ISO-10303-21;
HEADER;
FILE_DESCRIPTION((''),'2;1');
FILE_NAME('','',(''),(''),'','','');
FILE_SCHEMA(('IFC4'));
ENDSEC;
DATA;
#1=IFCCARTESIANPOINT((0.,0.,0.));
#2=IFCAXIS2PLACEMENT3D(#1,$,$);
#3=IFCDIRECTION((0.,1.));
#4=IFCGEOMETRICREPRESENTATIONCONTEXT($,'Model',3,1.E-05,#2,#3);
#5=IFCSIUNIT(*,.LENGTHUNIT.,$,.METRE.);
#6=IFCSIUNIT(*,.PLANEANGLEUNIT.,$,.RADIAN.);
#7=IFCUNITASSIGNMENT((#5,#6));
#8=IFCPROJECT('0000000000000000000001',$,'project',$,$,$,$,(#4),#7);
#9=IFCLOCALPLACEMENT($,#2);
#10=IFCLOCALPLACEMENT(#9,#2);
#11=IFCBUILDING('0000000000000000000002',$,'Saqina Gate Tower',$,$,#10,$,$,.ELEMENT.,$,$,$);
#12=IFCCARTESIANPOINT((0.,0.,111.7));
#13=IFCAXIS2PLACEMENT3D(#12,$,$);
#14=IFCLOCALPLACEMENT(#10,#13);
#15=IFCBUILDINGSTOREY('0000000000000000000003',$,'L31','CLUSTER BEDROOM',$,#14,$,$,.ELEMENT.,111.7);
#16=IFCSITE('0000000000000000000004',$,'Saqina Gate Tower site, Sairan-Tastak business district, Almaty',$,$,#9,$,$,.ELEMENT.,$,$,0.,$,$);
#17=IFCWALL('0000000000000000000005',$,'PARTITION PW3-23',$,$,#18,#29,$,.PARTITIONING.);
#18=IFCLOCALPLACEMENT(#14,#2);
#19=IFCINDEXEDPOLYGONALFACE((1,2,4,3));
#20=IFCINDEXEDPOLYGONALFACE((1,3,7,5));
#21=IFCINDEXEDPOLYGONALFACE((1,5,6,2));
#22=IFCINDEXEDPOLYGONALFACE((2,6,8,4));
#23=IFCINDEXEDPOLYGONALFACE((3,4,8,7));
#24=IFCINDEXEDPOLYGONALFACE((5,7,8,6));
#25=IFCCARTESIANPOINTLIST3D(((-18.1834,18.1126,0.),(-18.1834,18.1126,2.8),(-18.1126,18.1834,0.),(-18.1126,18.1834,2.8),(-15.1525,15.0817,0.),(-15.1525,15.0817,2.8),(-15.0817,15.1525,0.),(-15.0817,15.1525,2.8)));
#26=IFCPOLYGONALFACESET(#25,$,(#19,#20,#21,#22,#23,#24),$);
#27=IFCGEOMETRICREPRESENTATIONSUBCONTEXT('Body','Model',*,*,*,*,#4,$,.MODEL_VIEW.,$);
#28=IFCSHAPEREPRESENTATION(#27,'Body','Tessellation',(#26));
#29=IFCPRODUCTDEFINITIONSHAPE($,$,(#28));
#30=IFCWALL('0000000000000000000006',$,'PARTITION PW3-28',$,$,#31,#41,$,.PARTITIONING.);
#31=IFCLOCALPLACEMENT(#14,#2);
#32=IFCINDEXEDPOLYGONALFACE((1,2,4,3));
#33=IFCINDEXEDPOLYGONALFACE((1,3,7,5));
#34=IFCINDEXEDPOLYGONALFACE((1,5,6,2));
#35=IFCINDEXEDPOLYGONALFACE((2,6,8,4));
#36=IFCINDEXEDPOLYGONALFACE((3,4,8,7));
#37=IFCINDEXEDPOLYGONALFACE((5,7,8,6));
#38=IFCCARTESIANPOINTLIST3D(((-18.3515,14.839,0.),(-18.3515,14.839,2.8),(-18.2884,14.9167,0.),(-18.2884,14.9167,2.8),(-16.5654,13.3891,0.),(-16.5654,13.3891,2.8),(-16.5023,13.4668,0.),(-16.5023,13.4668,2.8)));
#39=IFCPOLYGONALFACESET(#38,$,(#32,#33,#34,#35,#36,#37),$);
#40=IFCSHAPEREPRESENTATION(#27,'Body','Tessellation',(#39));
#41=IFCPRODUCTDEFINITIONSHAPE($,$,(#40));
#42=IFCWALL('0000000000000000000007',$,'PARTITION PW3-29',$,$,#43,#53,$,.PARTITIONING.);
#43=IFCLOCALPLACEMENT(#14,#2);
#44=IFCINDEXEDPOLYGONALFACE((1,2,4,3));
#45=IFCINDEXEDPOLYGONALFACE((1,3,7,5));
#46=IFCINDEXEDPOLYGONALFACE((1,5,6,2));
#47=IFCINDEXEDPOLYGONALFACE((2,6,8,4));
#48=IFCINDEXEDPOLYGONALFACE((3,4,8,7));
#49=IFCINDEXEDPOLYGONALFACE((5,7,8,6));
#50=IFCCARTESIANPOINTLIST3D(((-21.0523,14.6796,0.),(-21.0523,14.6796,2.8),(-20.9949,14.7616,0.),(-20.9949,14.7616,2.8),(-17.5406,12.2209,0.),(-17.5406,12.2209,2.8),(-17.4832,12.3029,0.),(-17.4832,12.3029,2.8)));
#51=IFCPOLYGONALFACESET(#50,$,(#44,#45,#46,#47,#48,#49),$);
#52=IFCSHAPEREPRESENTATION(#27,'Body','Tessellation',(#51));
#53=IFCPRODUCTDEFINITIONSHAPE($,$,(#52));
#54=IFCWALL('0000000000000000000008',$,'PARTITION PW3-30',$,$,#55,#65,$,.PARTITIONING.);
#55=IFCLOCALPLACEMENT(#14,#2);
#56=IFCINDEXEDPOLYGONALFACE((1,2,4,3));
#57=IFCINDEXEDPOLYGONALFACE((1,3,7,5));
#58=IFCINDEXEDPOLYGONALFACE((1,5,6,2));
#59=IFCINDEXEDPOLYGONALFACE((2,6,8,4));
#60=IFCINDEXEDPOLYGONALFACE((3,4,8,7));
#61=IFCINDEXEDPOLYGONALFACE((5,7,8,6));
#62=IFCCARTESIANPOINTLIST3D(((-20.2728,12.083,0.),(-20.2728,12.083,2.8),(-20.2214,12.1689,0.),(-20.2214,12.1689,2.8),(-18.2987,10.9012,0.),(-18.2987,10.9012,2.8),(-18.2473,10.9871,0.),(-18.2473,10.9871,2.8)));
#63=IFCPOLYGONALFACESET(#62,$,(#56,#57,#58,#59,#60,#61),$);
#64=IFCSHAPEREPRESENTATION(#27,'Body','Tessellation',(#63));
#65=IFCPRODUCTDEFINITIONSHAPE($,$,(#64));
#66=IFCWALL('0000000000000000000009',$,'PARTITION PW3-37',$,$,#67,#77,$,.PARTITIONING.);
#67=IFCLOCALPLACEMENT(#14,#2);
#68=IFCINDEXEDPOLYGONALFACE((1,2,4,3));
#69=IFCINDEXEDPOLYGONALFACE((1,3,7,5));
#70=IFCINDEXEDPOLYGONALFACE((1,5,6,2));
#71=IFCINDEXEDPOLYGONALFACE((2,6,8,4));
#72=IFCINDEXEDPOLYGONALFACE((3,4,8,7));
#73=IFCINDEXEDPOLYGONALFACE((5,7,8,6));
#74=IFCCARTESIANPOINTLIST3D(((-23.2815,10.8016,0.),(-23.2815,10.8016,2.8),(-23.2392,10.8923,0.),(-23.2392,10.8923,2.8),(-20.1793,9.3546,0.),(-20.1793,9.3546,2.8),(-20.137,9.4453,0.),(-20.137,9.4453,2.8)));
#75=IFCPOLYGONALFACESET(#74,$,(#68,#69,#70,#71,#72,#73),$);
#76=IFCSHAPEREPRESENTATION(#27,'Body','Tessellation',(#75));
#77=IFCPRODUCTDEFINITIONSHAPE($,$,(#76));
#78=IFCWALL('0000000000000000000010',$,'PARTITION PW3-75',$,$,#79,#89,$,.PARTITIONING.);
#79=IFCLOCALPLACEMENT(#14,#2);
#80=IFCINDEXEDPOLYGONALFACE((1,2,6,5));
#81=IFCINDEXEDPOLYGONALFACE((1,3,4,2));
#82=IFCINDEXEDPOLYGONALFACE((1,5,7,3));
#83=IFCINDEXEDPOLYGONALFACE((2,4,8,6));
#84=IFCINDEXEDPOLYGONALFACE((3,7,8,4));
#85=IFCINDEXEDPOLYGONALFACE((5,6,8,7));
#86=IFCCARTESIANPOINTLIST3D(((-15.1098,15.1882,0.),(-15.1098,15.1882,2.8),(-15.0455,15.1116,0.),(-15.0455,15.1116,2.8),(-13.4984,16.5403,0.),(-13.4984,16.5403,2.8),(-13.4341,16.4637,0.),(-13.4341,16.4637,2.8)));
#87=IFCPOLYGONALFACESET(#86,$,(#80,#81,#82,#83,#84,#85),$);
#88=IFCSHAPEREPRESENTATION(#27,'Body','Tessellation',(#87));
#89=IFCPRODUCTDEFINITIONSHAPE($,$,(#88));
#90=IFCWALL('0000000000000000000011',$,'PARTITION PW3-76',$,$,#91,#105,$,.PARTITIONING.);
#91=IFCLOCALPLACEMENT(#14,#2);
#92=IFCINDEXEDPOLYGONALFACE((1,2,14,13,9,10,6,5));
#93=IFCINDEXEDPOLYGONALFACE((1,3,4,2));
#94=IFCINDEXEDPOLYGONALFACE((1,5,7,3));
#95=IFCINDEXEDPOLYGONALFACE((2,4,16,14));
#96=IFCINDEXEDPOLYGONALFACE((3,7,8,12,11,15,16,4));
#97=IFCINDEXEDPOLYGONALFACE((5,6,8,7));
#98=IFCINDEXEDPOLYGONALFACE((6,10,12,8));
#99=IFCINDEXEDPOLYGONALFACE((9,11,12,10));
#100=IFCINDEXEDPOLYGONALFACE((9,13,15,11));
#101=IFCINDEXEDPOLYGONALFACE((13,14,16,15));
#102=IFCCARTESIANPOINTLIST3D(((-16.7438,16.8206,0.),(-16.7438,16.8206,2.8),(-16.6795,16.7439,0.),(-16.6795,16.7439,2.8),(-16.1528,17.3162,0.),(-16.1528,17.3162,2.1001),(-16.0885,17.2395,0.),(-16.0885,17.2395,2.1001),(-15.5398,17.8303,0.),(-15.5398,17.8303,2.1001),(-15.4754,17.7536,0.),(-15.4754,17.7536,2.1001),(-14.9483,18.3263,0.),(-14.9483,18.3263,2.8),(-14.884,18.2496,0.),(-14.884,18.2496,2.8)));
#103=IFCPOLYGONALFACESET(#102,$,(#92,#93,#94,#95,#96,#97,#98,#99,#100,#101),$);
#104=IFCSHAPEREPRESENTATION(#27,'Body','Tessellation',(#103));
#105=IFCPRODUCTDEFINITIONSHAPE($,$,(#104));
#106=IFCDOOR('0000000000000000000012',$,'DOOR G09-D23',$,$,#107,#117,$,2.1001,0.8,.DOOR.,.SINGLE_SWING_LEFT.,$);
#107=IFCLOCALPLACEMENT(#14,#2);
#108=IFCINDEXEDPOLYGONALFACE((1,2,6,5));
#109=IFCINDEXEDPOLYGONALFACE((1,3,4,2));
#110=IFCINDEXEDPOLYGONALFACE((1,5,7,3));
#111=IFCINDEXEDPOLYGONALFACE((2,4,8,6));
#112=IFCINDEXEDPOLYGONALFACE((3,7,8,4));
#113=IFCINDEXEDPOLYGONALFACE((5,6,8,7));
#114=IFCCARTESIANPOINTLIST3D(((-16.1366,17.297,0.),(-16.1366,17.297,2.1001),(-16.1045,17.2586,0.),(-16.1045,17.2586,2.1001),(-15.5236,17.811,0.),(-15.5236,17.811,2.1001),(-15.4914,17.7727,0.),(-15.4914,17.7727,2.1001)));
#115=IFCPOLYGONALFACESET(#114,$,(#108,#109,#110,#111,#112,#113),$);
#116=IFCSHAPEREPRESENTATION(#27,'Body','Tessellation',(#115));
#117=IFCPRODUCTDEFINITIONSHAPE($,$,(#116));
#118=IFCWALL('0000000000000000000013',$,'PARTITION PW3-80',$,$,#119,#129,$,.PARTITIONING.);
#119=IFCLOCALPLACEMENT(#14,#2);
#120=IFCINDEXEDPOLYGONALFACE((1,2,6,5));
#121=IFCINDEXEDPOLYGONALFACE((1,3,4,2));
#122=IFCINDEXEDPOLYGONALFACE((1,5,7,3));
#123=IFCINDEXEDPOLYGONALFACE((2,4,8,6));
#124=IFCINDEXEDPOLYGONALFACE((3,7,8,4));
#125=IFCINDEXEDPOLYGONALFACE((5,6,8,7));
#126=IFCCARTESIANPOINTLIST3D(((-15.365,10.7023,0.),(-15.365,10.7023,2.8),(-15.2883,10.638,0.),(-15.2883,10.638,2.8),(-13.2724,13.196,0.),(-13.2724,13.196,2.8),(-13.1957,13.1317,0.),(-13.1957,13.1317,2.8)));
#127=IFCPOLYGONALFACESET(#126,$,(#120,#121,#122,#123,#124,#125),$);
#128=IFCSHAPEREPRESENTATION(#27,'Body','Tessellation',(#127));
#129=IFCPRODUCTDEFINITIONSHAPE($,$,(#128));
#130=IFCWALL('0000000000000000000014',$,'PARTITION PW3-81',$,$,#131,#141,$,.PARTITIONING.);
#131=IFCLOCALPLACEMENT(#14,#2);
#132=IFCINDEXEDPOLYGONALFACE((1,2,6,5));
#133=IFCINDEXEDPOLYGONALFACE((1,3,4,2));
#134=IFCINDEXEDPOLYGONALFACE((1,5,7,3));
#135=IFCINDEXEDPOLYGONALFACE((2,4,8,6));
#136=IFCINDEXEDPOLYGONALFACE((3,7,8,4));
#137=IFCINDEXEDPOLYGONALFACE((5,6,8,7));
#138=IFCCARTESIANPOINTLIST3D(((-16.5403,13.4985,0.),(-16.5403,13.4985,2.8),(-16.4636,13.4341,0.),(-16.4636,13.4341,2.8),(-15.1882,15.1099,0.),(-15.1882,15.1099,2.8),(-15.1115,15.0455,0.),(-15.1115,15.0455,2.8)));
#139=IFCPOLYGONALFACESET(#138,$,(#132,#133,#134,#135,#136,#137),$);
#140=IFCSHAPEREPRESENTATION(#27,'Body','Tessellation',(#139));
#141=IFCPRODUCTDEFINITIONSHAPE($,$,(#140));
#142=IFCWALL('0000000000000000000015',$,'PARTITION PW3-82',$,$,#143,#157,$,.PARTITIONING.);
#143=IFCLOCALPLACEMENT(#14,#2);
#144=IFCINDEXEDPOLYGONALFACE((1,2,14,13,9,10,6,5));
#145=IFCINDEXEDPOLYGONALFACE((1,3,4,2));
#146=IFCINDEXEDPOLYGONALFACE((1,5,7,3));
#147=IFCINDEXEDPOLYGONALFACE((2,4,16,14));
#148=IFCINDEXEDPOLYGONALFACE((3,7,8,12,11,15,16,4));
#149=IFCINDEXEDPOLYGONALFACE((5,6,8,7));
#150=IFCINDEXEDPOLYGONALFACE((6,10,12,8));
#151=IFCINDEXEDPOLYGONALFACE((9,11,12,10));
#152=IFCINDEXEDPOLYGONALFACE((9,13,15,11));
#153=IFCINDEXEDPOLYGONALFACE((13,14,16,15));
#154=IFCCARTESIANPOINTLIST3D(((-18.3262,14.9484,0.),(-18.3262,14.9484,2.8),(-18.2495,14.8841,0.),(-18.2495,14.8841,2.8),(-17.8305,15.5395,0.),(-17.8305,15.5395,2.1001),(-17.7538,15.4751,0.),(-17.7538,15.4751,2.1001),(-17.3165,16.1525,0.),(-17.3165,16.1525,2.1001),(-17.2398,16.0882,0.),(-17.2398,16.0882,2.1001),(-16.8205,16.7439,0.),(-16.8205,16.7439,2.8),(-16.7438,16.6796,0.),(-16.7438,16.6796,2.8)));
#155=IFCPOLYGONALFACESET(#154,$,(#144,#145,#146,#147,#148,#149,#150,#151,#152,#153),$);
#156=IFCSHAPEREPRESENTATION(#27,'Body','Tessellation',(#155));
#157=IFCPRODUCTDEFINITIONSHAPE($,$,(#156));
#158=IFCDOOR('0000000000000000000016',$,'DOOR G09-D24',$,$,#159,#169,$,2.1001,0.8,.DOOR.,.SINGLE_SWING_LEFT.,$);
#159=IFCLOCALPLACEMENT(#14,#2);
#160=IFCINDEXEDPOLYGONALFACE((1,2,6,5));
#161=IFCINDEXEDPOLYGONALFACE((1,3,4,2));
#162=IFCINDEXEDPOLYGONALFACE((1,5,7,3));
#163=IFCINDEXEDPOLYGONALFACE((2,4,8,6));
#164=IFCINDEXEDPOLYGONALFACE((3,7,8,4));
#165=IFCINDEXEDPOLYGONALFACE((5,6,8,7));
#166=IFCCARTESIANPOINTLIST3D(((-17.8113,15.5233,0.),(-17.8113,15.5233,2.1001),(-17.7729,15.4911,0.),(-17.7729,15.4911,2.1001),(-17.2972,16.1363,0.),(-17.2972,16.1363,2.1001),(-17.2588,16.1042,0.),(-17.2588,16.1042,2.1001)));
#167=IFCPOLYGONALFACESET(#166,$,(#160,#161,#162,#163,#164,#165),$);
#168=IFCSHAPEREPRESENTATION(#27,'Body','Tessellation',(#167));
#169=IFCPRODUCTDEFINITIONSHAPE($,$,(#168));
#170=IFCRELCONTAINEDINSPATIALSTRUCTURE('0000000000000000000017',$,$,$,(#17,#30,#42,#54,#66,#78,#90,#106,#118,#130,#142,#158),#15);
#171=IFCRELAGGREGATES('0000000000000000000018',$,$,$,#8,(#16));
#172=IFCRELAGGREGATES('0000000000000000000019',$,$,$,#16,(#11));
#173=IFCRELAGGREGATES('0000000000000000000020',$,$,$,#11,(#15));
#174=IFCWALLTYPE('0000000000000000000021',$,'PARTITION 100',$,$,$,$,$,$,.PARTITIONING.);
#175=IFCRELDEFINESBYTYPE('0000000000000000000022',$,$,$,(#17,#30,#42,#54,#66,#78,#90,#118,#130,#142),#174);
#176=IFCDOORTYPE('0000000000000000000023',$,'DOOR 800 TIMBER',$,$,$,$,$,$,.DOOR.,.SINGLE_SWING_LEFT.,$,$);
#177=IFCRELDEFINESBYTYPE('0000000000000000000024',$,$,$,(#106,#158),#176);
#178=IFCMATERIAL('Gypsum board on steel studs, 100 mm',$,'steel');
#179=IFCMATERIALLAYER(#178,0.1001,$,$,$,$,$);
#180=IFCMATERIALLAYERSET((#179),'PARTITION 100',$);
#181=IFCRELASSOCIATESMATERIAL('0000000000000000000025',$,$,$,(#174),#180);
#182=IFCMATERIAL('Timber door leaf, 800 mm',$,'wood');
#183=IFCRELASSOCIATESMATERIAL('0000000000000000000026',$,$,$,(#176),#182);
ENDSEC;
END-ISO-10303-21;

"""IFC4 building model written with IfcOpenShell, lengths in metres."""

from ifc_helpers import new_model, si_unit, direction, frame, frame_2d, origin, place, context, subcontext, project, spatial, rectangle, extrude, material, layer, layer_set, type_object, element, fill, save


model = new_model("IFC4")

# Units and contexts
model_context = context("Model", 3, precision=1e-05, world=origin(), true_north=direction((0.0, 1.0)))
body_context = subcontext(model_context, "Body", "Model", "MODEL_VIEW")
ifc_project = project(units=[si_unit("LENGTHUNIT", "METRE"), si_unit("PLANEANGLEUNIT", "RADIAN")], contexts=[model_context])

# Site, building, storey
site_placement = place(None, origin())
site = spatial("IfcSite", under=ifc_project, at=site_placement, Name="Saqina Gate Tower site, Sairan-Tastak business district, Almaty", CompositionType="ELEMENT", RefElevation=0.0)
building_placement = place(site_placement, origin())
building = spatial("IfcBuilding", under=site, at=building_placement, Name="Saqina Gate Tower", CompositionType="ELEMENT")
storey_placement = place(building_placement, frame((0.0, 0.0, 111.7)))
storey = spatial("IfcBuildingStorey", under=building, at=storey_placement, Name="L31", Description="CLUSTER BEDROOM", CompositionType="ELEMENT", Elevation=111.7)

# Walls
ifc_material_1 = material(Name="Gypsum board on steel studs, 100 mm", Category="steel")
ifc_layer_1 = layer(ifc_material_1, 0.1001)
ifc_layer_set_1 = layer_set([ifc_layer_1], Name="PARTITION 100")
wall_type_1 = type_object("IfcWallType", Name="PARTITION 100", PredefinedType="PARTITIONING", material=ifc_layer_set_1)
wall_1_placement = place(storey_placement, frame((-18.1479, 18.1479, 0.0), z_axis=(0.0, 0.0, 1.0), x_axis=(0.707107, -0.707107, 0.0)))
element("IfcWall", 1, at=wall_1_placement, inside=storey, type_object=wall_type_1, Name="PARTITION PW3-23", PredefinedType="PARTITIONING", context=body_context, shape_type="SweptSolid", body=[
    extrude(rectangle(XDim=4.2864, YDim=0.1001, at=frame_2d((2.1431, 0.0))), origin(), (0.0, 0.0, 1.0), 2.8),
])
wall_2_placement = place(storey_placement, frame((-18.3201, 14.8779, 0.0), z_axis=(0.0, 0.0, 1.0), x_axis=(0.776387, -0.630257, 0.0)))
element("IfcWall", 2, at=wall_2_placement, inside=storey, type_object=wall_type_1, Name="PARTITION PW3-28", PredefinedType="PARTITIONING", context=body_context, shape_type="SweptSolid", body=[
    extrude(rectangle(XDim=2.3005, YDim=0.1001, at=frame_2d((1.1504, 0.0))), origin(), (0.0, 0.0, 1.0), 2.8),
])
wall_3_placement = place(storey_placement, frame((-21.0237, 14.7207, 0.0), z_axis=(0.0, 0.0, 1.0), x_axis=(0.819173, -0.573546, 0.0)))
element("IfcWall", 3, at=wall_3_placement, inside=storey, type_object=wall_type_1, Name="PARTITION PW3-29", PredefinedType="PARTITIONING", context=body_context, shape_type="SweptSolid", body=[
    extrude(rectangle(XDim=4.2869, YDim=0.1001, at=frame_2d((2.1436, 0.0))), origin(), (0.0, 0.0, 1.0), 2.8),
])
wall_4_placement = place(storey_placement, frame((-20.2471, 12.126, 0.0), z_axis=(0.0, 0.0, 1.0), x_axis=(0.857989, -0.513668, 0.0)))
element("IfcWall", 4, at=wall_4_placement, inside=storey, type_object=wall_type_1, Name="PARTITION PW3-30", PredefinedType="PARTITIONING", context=body_context, shape_type="SweptSolid", body=[
    extrude(rectangle(XDim=2.3008, YDim=0.1001, at=frame_2d((1.1504, 0.0))), origin(), (0.0, 0.0, 1.0), 2.8),
])
wall_5_placement = place(storey_placement, frame((-23.2603, 10.8469, 0.0), z_axis=(0.0, 0.0, 1.0), x_axis=(0.906263, -0.422714, 0.0)))
element("IfcWall", 5, at=wall_5_placement, inside=storey, type_object=wall_type_1, Name="PARTITION PW3-37", PredefinedType="PARTITIONING", context=body_context, shape_type="SweptSolid", body=[
    extrude(rectangle(XDim=3.4231, YDim=0.1001, at=frame_2d((1.7114, 0.0))), origin(), (0.0, 0.0, 1.0), 2.8),
])
wall_6_placement = place(storey_placement, frame((-15.0776, 15.1499, 0.0), z_axis=(0.0, 0.0, 1.0), x_axis=(0.766048, 0.642784, 0.0)))
element("IfcWall", 6, at=wall_6_placement, inside=storey, type_object=wall_type_1, Name="PARTITION PW3-75", PredefinedType="PARTITIONING", context=body_context, shape_type="SweptSolid", body=[
    extrude(rectangle(XDim=2.1035, YDim=0.1001, at=frame_2d((1.0518, 0.0))), origin(), (0.0, 0.0, 1.0), 2.8),
])

# Wall, opening, door
wall_7_placement = place(storey_placement, frame((-16.7117, 16.7822, 0.0), z_axis=(0.0, 0.0, 1.0), x_axis=(0.766236, 0.642559, 0.0)))
wall_7 = element("IfcWall", 7, at=wall_7_placement, inside=storey, type_object=wall_type_1, Name="PARTITION PW3-76", PredefinedType="PARTITIONING", context=body_context, shape_type="SweptSolid", body=[
    extrude(rectangle(XDim=2.3433, YDim=0.1001, at=frame_2d((1.1716, 0.0))), origin(), (0.0, 0.0, 1.0), 2.8),
])
opening_1_placement = place(wall_7_placement, frame((0.7715, 0.0, 0.0)))
opening_1 = element("IfcOpeningElement", 8, at=opening_1_placement, cuts=wall_7, PredefinedType="OPENING", context=body_context, shape_type="SweptSolid", body=[
    extrude(rectangle(XDim=0.8, YDim=2.1001, at=frame_2d((0.3999, 1.05))), frame((0.0, 0.062, 0.0), z_axis=(0.0, -1.0, 0.0), x_axis=(1.0, 0.0, 0.0)), (0.0, 0.0, 1.0), 0.124),
])
ifc_material_2 = material(Name="Timber door leaf, 800 mm", Category="wood")
door_type_1 = type_object("IfcDoorType", Name="DOOR 800 TIMBER", OperationType="SINGLE_SWING_LEFT", PredefinedType="DOOR", material=ifc_material_2)
door_1_placement = place(opening_1_placement, origin())
door_1 = element("IfcDoor", 9, at=door_1_placement, inside=storey, type_object=door_type_1, Name="DOOR G09-D23", OperationType="SINGLE_SWING_LEFT", OverallHeight=2.1001, OverallWidth=0.8, PredefinedType="DOOR", context=body_context, shape_type="SweptSolid", body=[
    extrude(rectangle(XDim=0.8, YDim=2.1001, at=frame_2d((0.3999, 1.05))), frame((0.0, 0.0249, 0.0), z_axis=(0.0, -1.0, 0.0), x_axis=(1.0, 0.0, 0.0)), (0.0, 0.0, 1.0), 0.05),
])
fill(opening_1, door_1)

# Walls
wall_8_placement = place(storey_placement, frame((-15.3267, 10.6702, 0.0), z_axis=(0.0, 0.0, 1.0), x_axis=(0.642807, 0.766028, 0.0)))
element("IfcWall", 10, at=wall_8_placement, inside=storey, type_object=wall_type_1, Name="PARTITION PW3-80", PredefinedType="PARTITIONING", context=body_context, shape_type="SweptSolid", body=[
    extrude(rectangle(XDim=3.2554, YDim=0.1001, at=frame_2d((1.6277, 0.0))), origin(), (0.0, 0.0, 1.0), 2.8),
])
wall_9_placement = place(storey_placement, frame((-16.502, 13.4663, 0.0), z_axis=(0.0, 0.0, 1.0), x_axis=(0.642784, 0.766048, 0.0)))
element("IfcWall", 11, at=wall_9_placement, inside=storey, type_object=wall_type_1, Name="PARTITION PW3-81", PredefinedType="PARTITIONING", context=body_context, shape_type="SweptSolid", body=[
    extrude(rectangle(XDim=2.1035, YDim=0.1001, at=frame_2d((1.0518, 0.0))), origin(), (0.0, 0.0, 1.0), 2.8),
])

# Wall, opening, door
wall_10_placement = place(storey_placement, frame((-18.2878, 14.9163, 0.0), z_axis=(0.0, 0.0, 1.0), x_axis=(0.642559, 0.766236, 0.0)))
wall_10 = element("IfcWall", 12, at=wall_10_placement, inside=storey, type_object=wall_type_1, Name="PARTITION PW3-82", PredefinedType="PARTITIONING", context=body_context, shape_type="SweptSolid", body=[
    extrude(rectangle(XDim=2.3433, YDim=0.1001, at=frame_2d((1.1716, 0.0))), origin(), (0.0, 0.0, 1.0), 2.8),
])
opening_2_placement = place(wall_10_placement, frame((0.7715, 0.0, 0.0)))
opening_2 = element("IfcOpeningElement", 13, at=opening_2_placement, cuts=wall_10, PredefinedType="OPENING", context=body_context, shape_type="SweptSolid", body=[
    extrude(rectangle(XDim=0.8, YDim=2.1001, at=frame_2d((0.3999, 1.05))), frame((0.0, 0.062, 0.0), z_axis=(0.0, -1.0, 0.0), x_axis=(1.0, 0.0, 0.0)), (0.0, 0.0, 1.0), 0.124),
])
door_2_placement = place(opening_2_placement, origin())
door_2 = element("IfcDoor", 14, at=door_2_placement, inside=storey, type_object=door_type_1, Name="DOOR G09-D24", OperationType="SINGLE_SWING_LEFT", OverallHeight=2.1001, OverallWidth=0.8, PredefinedType="DOOR", context=body_context, shape_type="SweptSolid", body=[
    extrude(rectangle(XDim=0.8, YDim=2.1001, at=frame_2d((0.3999, 1.05))), frame((0.0, 0.0249, 0.0), z_axis=(0.0, -1.0, 0.0), x_axis=(1.0, 0.0, 0.0)), (0.0, 0.0, 1.0), 0.05),
])
fill(opening_2, door_2)

save(model, "model.ifc")
